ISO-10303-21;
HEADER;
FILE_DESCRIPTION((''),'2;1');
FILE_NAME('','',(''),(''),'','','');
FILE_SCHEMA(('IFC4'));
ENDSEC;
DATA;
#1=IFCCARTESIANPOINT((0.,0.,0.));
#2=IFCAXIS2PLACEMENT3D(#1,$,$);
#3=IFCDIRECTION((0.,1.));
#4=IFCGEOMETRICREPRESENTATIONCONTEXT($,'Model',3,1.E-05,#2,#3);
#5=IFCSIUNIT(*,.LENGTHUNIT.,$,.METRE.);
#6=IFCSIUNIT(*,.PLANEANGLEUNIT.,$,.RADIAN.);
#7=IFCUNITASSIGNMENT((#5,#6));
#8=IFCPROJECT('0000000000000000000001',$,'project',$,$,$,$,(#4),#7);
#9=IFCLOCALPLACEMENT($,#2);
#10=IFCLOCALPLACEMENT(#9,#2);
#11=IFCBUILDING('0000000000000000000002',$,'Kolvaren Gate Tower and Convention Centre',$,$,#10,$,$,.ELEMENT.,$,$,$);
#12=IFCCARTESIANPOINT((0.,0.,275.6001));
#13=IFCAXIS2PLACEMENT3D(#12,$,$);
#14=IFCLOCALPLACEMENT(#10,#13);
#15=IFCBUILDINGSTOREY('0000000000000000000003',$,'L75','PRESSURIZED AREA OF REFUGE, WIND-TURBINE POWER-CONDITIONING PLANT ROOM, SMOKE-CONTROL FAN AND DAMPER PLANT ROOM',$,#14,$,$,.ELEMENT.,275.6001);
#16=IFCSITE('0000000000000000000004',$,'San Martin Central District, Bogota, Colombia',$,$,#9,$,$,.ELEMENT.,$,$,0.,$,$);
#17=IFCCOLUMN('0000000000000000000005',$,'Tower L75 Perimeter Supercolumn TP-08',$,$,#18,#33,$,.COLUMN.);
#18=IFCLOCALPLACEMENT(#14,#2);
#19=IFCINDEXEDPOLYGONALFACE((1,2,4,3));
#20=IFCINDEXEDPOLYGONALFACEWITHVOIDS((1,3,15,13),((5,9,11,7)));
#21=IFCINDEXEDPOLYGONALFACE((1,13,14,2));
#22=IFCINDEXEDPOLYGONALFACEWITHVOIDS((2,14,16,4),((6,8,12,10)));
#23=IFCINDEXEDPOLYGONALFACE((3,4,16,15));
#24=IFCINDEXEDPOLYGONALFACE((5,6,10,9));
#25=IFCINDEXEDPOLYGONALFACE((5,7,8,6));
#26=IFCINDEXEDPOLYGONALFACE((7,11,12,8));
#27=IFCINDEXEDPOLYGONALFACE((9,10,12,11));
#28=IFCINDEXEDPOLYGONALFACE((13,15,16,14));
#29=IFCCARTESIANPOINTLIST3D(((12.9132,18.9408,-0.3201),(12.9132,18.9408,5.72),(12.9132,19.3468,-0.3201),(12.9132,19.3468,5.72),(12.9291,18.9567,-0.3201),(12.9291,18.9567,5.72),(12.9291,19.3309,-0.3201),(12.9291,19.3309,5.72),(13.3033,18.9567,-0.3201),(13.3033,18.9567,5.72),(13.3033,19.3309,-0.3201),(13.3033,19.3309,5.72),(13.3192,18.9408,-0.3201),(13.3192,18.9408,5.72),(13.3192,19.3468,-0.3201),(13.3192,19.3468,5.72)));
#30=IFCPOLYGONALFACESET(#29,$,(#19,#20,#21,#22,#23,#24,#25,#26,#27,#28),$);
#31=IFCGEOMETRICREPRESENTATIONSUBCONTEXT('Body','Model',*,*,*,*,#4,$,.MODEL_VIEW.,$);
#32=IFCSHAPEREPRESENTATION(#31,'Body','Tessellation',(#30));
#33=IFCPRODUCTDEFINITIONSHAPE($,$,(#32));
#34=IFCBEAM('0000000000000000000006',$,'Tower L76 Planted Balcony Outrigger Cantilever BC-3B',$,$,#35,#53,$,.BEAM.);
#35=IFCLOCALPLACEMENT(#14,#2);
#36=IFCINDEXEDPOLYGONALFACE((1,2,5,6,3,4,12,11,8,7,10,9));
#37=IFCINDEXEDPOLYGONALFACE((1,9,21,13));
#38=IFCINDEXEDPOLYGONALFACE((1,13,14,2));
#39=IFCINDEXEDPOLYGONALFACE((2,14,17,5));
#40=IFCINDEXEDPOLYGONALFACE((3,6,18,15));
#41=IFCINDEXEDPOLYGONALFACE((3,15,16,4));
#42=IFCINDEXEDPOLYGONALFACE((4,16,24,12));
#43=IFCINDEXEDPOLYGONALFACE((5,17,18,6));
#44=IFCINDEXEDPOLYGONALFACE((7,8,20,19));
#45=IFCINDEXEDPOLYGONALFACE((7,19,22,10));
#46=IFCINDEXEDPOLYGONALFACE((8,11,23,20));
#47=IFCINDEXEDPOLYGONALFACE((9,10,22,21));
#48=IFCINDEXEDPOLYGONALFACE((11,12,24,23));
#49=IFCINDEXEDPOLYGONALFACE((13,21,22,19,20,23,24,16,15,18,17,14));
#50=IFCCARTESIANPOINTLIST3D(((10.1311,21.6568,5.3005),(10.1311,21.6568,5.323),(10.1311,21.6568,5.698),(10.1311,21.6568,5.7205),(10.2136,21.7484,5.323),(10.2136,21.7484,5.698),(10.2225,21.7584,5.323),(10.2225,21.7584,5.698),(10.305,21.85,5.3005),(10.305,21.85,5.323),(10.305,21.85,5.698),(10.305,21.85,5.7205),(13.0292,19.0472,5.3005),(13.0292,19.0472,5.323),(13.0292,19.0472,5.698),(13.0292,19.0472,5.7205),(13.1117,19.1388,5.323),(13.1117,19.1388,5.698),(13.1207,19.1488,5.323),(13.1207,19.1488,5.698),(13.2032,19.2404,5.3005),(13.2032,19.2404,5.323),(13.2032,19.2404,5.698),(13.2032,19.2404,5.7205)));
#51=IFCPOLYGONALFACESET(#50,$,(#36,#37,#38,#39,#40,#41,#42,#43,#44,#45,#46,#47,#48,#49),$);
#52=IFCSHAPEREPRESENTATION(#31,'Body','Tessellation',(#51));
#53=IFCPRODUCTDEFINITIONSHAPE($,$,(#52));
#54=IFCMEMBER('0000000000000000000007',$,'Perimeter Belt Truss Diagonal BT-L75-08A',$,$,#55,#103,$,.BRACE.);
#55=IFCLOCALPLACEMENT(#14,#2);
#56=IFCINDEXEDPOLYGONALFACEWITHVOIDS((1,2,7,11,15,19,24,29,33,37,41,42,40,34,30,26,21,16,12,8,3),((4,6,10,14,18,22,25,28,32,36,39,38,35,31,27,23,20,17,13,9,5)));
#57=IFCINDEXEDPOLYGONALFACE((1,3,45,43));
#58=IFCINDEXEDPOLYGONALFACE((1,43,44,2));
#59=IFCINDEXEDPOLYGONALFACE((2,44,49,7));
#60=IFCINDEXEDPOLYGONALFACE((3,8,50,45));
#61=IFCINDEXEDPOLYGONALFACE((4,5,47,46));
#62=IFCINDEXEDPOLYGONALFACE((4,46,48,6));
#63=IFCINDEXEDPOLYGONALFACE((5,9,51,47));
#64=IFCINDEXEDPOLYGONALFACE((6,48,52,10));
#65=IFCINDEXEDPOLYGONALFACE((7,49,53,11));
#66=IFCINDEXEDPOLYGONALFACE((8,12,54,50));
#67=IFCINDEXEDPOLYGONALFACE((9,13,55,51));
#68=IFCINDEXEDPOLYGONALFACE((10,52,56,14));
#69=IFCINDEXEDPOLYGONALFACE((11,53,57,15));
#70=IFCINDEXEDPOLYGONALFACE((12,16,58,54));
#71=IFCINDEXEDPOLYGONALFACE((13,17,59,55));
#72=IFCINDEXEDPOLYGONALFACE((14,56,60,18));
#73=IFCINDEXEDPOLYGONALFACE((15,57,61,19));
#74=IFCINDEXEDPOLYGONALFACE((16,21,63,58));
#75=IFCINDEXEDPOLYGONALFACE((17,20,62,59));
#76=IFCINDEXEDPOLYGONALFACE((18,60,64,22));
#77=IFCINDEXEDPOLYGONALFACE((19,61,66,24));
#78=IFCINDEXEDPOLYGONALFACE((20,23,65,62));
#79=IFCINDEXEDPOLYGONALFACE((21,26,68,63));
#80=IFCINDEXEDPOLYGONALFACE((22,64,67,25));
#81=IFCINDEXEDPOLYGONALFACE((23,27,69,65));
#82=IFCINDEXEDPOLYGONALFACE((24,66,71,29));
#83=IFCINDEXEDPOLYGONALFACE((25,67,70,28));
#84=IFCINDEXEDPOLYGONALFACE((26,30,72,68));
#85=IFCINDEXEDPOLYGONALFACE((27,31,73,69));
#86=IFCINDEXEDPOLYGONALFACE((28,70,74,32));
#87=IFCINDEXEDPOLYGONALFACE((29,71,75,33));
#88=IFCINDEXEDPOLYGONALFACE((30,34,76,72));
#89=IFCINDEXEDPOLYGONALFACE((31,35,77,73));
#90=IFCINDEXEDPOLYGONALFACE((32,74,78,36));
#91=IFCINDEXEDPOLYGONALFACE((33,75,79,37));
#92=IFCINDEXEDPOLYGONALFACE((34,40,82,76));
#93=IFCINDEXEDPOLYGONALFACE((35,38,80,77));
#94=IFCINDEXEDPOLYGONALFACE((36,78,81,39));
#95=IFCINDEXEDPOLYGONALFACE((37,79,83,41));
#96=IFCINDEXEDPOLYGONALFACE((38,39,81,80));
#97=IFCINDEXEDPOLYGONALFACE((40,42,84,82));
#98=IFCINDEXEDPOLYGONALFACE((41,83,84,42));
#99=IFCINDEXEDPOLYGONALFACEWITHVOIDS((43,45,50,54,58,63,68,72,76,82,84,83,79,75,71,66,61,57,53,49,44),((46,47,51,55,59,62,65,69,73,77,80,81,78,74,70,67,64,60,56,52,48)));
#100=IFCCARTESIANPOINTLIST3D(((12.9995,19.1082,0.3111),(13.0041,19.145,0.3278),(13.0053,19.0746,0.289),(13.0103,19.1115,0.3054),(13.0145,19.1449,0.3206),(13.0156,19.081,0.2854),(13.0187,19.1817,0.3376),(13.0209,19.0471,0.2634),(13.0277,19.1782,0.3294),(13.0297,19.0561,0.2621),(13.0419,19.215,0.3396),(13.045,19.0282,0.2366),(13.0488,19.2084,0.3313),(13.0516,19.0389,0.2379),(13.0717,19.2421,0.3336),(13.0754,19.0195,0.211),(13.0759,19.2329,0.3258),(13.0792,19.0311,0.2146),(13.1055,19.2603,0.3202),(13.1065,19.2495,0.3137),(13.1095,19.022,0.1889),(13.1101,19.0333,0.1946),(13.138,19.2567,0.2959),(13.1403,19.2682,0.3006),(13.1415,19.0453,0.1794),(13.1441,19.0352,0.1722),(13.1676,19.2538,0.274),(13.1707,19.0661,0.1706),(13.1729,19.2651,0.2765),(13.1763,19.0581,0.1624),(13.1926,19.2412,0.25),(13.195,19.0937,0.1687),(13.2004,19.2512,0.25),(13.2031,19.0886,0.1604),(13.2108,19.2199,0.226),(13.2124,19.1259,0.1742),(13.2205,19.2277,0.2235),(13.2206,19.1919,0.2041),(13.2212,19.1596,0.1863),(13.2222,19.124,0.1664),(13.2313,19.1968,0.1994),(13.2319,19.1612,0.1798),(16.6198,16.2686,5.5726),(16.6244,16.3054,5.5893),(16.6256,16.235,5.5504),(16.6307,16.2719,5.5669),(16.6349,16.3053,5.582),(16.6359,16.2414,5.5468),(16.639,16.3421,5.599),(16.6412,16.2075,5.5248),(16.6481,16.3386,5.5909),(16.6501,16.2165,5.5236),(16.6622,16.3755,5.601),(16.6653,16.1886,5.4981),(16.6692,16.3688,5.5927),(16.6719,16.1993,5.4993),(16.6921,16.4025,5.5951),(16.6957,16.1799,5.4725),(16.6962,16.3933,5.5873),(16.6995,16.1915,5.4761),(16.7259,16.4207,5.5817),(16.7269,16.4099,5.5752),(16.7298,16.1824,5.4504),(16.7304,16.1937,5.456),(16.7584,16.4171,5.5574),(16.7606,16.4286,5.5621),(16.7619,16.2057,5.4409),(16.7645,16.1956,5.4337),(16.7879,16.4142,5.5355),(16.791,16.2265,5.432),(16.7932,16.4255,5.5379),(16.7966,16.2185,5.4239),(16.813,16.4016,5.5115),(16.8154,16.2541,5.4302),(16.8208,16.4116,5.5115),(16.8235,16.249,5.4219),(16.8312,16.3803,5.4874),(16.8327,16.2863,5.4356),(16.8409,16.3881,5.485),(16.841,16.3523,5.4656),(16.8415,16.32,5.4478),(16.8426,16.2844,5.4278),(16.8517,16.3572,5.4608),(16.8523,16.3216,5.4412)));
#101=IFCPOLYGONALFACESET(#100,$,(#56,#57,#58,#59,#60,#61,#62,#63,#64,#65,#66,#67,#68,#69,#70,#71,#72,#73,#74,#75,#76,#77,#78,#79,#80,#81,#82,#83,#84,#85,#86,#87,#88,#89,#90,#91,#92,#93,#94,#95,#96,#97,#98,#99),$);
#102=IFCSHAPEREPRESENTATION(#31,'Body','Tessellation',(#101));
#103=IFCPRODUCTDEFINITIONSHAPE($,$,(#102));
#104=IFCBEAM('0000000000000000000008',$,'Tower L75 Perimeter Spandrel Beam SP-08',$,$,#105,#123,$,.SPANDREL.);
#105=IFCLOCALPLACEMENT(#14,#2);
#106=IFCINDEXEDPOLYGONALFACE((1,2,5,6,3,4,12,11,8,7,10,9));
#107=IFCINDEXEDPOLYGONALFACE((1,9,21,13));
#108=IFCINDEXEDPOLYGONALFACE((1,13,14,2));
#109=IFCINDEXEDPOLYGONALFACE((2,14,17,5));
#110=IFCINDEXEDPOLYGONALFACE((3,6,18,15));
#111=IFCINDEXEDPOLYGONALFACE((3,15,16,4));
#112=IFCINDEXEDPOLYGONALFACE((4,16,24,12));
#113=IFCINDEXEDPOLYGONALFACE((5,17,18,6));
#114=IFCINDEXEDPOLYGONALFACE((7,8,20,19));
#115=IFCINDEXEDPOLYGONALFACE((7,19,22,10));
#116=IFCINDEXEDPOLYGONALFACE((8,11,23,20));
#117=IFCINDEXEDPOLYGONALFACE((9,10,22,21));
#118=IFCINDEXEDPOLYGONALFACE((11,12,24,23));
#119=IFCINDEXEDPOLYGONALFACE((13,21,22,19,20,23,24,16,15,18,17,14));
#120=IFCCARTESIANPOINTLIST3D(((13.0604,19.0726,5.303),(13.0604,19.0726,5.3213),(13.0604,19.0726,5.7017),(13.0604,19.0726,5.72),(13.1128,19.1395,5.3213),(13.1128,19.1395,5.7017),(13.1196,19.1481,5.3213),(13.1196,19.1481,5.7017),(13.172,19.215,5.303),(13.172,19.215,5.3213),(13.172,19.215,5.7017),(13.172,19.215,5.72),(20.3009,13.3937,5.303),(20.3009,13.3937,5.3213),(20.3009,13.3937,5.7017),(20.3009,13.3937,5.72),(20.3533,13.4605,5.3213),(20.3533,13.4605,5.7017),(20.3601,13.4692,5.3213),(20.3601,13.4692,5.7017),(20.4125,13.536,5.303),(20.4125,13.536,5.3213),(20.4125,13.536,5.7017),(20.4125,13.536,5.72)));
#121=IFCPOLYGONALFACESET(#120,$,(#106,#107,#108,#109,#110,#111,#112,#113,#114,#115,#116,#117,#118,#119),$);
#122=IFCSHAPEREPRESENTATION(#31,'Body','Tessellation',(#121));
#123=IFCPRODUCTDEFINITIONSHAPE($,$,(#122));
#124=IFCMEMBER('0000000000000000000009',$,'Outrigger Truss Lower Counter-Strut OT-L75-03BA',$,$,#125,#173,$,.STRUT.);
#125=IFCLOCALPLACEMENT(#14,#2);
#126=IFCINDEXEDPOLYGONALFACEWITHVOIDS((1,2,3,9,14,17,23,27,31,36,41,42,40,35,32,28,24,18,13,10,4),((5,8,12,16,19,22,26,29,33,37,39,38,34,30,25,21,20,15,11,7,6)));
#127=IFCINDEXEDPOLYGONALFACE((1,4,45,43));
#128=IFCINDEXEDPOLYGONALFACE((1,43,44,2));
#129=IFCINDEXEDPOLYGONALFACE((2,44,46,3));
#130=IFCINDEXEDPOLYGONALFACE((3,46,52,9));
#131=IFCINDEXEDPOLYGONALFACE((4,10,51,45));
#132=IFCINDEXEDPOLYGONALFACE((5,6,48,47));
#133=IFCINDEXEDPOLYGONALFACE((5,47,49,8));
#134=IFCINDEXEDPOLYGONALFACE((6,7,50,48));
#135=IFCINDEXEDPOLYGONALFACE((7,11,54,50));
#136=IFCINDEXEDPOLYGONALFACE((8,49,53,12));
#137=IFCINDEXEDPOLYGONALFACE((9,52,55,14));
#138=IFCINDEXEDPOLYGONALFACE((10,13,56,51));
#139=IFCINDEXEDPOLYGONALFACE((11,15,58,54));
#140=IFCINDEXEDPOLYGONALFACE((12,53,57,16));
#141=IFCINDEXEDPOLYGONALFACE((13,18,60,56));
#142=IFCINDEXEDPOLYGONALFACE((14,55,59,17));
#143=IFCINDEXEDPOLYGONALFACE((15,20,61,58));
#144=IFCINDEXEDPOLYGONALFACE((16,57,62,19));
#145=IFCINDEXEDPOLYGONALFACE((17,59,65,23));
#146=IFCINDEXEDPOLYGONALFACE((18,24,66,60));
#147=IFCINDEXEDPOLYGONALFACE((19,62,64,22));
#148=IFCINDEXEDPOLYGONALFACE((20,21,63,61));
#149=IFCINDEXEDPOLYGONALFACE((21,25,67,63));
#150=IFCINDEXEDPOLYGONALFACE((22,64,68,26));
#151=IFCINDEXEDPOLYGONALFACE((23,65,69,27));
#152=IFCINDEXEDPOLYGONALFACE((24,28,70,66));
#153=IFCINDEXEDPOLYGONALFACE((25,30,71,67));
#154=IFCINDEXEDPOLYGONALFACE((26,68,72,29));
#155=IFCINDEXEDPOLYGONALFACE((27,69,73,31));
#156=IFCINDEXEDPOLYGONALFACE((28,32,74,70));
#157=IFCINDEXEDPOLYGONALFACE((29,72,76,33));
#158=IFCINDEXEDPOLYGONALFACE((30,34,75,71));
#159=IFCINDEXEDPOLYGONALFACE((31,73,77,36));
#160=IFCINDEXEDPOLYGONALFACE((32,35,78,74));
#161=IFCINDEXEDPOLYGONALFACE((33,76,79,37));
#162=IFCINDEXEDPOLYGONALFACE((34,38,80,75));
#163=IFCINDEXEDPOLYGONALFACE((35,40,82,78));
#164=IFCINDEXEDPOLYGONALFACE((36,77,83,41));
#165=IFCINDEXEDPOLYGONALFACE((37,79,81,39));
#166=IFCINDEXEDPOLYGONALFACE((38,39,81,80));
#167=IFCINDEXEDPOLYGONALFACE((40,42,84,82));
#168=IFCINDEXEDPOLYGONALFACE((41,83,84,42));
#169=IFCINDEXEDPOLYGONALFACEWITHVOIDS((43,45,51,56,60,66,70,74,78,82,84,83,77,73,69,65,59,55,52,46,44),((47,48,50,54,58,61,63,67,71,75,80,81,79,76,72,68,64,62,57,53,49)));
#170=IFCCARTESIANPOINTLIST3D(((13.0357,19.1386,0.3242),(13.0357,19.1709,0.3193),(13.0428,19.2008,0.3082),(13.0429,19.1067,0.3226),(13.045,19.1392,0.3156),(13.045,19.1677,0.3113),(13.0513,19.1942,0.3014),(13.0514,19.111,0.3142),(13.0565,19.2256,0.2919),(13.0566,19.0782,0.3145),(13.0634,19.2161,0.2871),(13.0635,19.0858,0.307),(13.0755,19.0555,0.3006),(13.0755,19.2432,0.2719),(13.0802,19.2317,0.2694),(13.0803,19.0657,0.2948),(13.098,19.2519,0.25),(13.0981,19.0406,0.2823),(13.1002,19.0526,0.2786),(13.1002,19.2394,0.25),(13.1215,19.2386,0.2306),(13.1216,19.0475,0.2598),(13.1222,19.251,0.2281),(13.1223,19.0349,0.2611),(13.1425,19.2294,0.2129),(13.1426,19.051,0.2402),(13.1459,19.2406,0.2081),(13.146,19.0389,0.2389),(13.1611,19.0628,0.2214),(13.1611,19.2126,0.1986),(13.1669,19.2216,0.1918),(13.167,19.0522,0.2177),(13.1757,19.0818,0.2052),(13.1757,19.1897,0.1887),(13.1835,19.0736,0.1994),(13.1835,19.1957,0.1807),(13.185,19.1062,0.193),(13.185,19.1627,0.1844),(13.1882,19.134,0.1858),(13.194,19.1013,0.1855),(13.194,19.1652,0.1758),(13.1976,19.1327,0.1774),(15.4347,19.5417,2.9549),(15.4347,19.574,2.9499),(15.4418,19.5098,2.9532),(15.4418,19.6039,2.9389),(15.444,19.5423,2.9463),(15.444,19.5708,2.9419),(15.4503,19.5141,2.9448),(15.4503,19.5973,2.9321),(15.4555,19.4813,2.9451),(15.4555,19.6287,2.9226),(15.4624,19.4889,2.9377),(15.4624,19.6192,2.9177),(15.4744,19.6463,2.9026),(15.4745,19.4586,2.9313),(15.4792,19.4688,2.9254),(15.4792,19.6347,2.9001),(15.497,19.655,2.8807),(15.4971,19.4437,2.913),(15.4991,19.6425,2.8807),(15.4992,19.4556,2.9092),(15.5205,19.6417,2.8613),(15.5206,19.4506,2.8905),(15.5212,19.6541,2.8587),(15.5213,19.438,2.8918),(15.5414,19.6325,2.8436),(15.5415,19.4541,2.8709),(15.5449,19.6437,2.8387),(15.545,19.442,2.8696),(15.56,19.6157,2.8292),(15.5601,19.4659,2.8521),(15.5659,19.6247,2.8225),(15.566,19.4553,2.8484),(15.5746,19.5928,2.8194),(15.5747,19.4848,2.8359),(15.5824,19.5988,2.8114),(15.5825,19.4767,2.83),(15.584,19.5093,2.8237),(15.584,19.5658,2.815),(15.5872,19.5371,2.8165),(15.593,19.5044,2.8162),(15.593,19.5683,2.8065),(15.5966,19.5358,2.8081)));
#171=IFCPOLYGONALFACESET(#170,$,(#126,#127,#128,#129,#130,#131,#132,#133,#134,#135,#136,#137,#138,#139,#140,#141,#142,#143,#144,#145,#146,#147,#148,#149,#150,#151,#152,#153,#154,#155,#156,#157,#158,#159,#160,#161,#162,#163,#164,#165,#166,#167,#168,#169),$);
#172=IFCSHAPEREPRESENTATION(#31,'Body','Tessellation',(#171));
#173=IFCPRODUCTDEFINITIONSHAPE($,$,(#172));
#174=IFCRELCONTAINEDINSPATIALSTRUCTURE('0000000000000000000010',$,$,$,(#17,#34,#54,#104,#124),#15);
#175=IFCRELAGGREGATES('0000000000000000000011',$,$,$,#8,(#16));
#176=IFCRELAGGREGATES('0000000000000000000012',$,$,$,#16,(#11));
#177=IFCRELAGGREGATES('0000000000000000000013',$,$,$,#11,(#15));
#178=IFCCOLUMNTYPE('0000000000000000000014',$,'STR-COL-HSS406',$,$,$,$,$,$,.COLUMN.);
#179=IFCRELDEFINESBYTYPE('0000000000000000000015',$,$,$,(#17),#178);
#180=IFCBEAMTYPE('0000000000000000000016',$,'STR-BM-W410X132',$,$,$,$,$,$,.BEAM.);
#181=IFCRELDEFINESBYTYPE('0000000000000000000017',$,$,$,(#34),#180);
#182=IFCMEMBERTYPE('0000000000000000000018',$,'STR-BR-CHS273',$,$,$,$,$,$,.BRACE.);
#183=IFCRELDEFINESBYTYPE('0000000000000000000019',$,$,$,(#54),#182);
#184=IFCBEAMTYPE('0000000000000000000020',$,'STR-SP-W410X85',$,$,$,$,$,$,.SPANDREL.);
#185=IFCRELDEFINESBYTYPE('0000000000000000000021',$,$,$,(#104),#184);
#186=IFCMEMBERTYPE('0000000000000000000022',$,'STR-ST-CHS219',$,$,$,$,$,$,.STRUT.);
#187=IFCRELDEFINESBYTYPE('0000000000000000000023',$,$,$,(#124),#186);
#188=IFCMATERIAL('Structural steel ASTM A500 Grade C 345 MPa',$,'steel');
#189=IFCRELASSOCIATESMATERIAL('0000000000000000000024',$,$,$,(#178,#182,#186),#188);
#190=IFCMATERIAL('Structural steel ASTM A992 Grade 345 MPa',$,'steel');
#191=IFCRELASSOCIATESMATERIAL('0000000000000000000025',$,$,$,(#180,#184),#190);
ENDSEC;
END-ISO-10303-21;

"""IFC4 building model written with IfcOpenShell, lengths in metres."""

from ifc_helpers import new_model, si_unit, direction, frame, origin, origin_2d, place, context, subcontext, project, spatial, hollow_rectangle, hollow_circle, i_section, extrude, material, material_profile, profile_set, type_object, element, save


model = new_model("IFC4")

# Units and contexts
model_context = context("Model", 3, precision=1e-05, world=origin(), true_north=direction((0.0, 1.0)))
body_context = subcontext(model_context, "Body", "Model", "MODEL_VIEW")
ifc_project = project(units=[si_unit("LENGTHUNIT", "METRE"), si_unit("PLANEANGLEUNIT", "RADIAN")], contexts=[model_context])

# Site, building, storey
site_placement = place(None, origin())
site = spatial("IfcSite", under=ifc_project, at=site_placement, Name="San Martin Central District, Bogota, Colombia", CompositionType="ELEMENT", RefElevation=0.0)
building_placement = place(site_placement, origin())
building = spatial("IfcBuilding", under=site, at=building_placement, Name="Kolvaren Gate Tower and Convention Centre", CompositionType="ELEMENT")
storey_placement = place(building_placement, frame((0.0, 0.0, 275.6001)))
storey = spatial("IfcBuildingStorey", under=building, at=storey_placement, Name="L75", Description="PRESSURIZED AREA OF REFUGE, WIND-TURBINE POWER-CONDITIONING PLANT ROOM, SMOKE-CONTROL FAN AND DAMPER PLANT ROOM", CompositionType="ELEMENT", Elevation=275.6001)

# Column
ifc_material_1 = material(Name="Structural steel ASTM A500 Grade C 345 MPa", Category="steel")
ifc_material_profile_1 = material_profile(ifc_material_1, hollow_rectangle(XDim=0.406, YDim=0.406, WallThickness=0.0159, at=origin_2d()), Name="HSS406X406X15.9")
ifc_profile_set_1 = profile_set([ifc_material_profile_1], Name="Structural steel ASTM A500 Grade C 345 MPa")
column_type = type_object("IfcColumnType", Name="STR-COL-HSS406", PredefinedType="COLUMN", material=ifc_profile_set_1)
column_placement = place(storey_placement, frame((13.1162, 19.1438, -0.3201), z_axis=(0.0, 0.0, 1.0), x_axis=(1.0, 0.0, 0.0)))
element("IfcColumn", 1, at=column_placement, inside=storey, type_object=column_type, Name="Tower L75 Perimeter Supercolumn TP-08", PredefinedType="COLUMN", context=body_context, shape_type="SweptSolid", body=[
    extrude(hollow_rectangle(XDim=0.406, YDim=0.406, WallThickness=0.0159, at=origin_2d()), origin(), (0.0, 0.0, 1.0), 6.04),
])

# Beam
ifc_material_2 = material(Name="Structural steel ASTM A992 Grade 345 MPa", Category="steel")
ifc_material_profile_2 = material_profile(ifc_material_2, i_section(OverallWidth=0.26, OverallDepth=0.4199, WebThickness=0.0134, FlangeThickness=0.0225, at=origin_2d()), Name="W410X132")
ifc_profile_set_2 = profile_set([ifc_material_profile_2], Name="Structural steel ASTM A992 Grade 345 MPa")
beam_type_1 = type_object("IfcBeamType", Name="STR-BM-W410X132", PredefinedType="BEAM", material=ifc_profile_set_2)
beam_1_placement = place(storey_placement, frame((13.1162, 19.1438, 5.5105), z_axis=(-0.743135, 0.669141, 0.0), x_axis=(-0.669141, -0.743135, 0.0)))
element("IfcBeam", 2, at=beam_1_placement, inside=storey, type_object=beam_type_1, Name="Tower L76 Planted Balcony Outrigger Cantilever BC-3B", PredefinedType="BEAM", context=body_context, shape_type="SweptSolid", body=[
    extrude(i_section(OverallWidth=0.26, OverallDepth=0.4199, WebThickness=0.0134, FlangeThickness=0.0225, at=origin_2d()), origin(), (0.0, 0.0, 1.0), 3.8999),
])

# Member
ifc_material_profile_3 = material_profile(ifc_material_1, hollow_circle(Radius=0.1365, WallThickness=0.0127, at=origin_2d()), Name="CHS273X12.7")
ifc_profile_set_3 = profile_set([ifc_material_profile_3], Name="Structural steel ASTM A500 Grade C 345 MPa")
member_type_1 = type_object("IfcMemberType", Name="STR-BR-CHS273", PredefinedType="BRACE", material=ifc_profile_set_3)
member_placement = place(storey_placement, frame((13.1162, 19.1438, 0.25), z_axis=(0.51797, -0.406265, 0.752766), x_axis=(0.617153, 0.786843, 0.0)))
element("IfcMember", 3, at=member_placement, inside=storey, type_object=member_type_1, Name="Perimeter Belt Truss Diagonal BT-L75-08A", PredefinedType="BRACE", context=body_context, shape_type="SweptSolid", body=[
    extrude(hollow_circle(Radius=0.1365, WallThickness=0.0127, at=origin_2d()), origin(), (0.0, 0.0, 1.0), 6.9895),
])

# Beam
ifc_material_profile_4 = material_profile(ifc_material_2, i_section(OverallWidth=0.1809, OverallDepth=0.417, WebThickness=0.011, FlangeThickness=0.0183, at=origin_2d()), Name="W410X85")
ifc_profile_set_4 = profile_set([ifc_material_profile_4], Name="Structural steel ASTM A992 Grade 345 MPa")
beam_type_2 = type_object("IfcBeamType", Name="STR-SP-W410X85", PredefinedType="SPANDREL", material=ifc_profile_set_4)
beam_2_placement = place(storey_placement, frame((13.1162, 19.1438, 5.5115), z_axis=(0.786846, -0.61715, 0.0), x_axis=(0.61715, 0.786846, 0.0)))
element("IfcBeam", 4, at=beam_2_placement, inside=storey, type_object=beam_type_2, Name="Tower L75 Perimeter Spandrel Beam SP-08", PredefinedType="SPANDREL", context=body_context, shape_type="SweptSolid", body=[
    extrude(i_section(OverallWidth=0.1809, OverallDepth=0.417, WebThickness=0.011, FlangeThickness=0.0183, at=origin_2d()), origin(), (0.0, 0.0, 1.0), 9.2019),
])

# Member
ifc_material_profile_5 = material_profile(ifc_material_1, hollow_circle(Radius=0.1096, WallThickness=0.0127, at=origin_2d()), Name="CHS219X12.7")
ifc_profile_set_5 = profile_set([ifc_material_profile_5], Name="Structural steel ASTM A500 Grade C 345 MPa")
member_type_2 = type_object("IfcMemberType", Name="STR-ST-CHS219", PredefinedType="STRUT", material=ifc_profile_set_5)
for number, where, z_axis, x_axis, name in (
    (5, (13.1162, 19.1438, 0.25), (0.669541, 0.112499, 0.734206), (-0.165701, 0.986176, 0.0), "Outrigger Truss Lower Counter-Strut OT-L75-03BA"),
):
    element("IfcMember", number, at=place(storey_placement, frame(where, z_axis=z_axis, x_axis=x_axis)), inside=storey, type_object=member_type_2, Name=name, PredefinedType="STRUT", context=body_context, shape_type="SweptSolid", body=[
        extrude(hollow_circle(Radius=0.1096, WallThickness=0.0127, at=origin_2d()), origin(), (0.0, 0.0, 1.0), 3.583),
    ])

save(model, "model.ifc")
